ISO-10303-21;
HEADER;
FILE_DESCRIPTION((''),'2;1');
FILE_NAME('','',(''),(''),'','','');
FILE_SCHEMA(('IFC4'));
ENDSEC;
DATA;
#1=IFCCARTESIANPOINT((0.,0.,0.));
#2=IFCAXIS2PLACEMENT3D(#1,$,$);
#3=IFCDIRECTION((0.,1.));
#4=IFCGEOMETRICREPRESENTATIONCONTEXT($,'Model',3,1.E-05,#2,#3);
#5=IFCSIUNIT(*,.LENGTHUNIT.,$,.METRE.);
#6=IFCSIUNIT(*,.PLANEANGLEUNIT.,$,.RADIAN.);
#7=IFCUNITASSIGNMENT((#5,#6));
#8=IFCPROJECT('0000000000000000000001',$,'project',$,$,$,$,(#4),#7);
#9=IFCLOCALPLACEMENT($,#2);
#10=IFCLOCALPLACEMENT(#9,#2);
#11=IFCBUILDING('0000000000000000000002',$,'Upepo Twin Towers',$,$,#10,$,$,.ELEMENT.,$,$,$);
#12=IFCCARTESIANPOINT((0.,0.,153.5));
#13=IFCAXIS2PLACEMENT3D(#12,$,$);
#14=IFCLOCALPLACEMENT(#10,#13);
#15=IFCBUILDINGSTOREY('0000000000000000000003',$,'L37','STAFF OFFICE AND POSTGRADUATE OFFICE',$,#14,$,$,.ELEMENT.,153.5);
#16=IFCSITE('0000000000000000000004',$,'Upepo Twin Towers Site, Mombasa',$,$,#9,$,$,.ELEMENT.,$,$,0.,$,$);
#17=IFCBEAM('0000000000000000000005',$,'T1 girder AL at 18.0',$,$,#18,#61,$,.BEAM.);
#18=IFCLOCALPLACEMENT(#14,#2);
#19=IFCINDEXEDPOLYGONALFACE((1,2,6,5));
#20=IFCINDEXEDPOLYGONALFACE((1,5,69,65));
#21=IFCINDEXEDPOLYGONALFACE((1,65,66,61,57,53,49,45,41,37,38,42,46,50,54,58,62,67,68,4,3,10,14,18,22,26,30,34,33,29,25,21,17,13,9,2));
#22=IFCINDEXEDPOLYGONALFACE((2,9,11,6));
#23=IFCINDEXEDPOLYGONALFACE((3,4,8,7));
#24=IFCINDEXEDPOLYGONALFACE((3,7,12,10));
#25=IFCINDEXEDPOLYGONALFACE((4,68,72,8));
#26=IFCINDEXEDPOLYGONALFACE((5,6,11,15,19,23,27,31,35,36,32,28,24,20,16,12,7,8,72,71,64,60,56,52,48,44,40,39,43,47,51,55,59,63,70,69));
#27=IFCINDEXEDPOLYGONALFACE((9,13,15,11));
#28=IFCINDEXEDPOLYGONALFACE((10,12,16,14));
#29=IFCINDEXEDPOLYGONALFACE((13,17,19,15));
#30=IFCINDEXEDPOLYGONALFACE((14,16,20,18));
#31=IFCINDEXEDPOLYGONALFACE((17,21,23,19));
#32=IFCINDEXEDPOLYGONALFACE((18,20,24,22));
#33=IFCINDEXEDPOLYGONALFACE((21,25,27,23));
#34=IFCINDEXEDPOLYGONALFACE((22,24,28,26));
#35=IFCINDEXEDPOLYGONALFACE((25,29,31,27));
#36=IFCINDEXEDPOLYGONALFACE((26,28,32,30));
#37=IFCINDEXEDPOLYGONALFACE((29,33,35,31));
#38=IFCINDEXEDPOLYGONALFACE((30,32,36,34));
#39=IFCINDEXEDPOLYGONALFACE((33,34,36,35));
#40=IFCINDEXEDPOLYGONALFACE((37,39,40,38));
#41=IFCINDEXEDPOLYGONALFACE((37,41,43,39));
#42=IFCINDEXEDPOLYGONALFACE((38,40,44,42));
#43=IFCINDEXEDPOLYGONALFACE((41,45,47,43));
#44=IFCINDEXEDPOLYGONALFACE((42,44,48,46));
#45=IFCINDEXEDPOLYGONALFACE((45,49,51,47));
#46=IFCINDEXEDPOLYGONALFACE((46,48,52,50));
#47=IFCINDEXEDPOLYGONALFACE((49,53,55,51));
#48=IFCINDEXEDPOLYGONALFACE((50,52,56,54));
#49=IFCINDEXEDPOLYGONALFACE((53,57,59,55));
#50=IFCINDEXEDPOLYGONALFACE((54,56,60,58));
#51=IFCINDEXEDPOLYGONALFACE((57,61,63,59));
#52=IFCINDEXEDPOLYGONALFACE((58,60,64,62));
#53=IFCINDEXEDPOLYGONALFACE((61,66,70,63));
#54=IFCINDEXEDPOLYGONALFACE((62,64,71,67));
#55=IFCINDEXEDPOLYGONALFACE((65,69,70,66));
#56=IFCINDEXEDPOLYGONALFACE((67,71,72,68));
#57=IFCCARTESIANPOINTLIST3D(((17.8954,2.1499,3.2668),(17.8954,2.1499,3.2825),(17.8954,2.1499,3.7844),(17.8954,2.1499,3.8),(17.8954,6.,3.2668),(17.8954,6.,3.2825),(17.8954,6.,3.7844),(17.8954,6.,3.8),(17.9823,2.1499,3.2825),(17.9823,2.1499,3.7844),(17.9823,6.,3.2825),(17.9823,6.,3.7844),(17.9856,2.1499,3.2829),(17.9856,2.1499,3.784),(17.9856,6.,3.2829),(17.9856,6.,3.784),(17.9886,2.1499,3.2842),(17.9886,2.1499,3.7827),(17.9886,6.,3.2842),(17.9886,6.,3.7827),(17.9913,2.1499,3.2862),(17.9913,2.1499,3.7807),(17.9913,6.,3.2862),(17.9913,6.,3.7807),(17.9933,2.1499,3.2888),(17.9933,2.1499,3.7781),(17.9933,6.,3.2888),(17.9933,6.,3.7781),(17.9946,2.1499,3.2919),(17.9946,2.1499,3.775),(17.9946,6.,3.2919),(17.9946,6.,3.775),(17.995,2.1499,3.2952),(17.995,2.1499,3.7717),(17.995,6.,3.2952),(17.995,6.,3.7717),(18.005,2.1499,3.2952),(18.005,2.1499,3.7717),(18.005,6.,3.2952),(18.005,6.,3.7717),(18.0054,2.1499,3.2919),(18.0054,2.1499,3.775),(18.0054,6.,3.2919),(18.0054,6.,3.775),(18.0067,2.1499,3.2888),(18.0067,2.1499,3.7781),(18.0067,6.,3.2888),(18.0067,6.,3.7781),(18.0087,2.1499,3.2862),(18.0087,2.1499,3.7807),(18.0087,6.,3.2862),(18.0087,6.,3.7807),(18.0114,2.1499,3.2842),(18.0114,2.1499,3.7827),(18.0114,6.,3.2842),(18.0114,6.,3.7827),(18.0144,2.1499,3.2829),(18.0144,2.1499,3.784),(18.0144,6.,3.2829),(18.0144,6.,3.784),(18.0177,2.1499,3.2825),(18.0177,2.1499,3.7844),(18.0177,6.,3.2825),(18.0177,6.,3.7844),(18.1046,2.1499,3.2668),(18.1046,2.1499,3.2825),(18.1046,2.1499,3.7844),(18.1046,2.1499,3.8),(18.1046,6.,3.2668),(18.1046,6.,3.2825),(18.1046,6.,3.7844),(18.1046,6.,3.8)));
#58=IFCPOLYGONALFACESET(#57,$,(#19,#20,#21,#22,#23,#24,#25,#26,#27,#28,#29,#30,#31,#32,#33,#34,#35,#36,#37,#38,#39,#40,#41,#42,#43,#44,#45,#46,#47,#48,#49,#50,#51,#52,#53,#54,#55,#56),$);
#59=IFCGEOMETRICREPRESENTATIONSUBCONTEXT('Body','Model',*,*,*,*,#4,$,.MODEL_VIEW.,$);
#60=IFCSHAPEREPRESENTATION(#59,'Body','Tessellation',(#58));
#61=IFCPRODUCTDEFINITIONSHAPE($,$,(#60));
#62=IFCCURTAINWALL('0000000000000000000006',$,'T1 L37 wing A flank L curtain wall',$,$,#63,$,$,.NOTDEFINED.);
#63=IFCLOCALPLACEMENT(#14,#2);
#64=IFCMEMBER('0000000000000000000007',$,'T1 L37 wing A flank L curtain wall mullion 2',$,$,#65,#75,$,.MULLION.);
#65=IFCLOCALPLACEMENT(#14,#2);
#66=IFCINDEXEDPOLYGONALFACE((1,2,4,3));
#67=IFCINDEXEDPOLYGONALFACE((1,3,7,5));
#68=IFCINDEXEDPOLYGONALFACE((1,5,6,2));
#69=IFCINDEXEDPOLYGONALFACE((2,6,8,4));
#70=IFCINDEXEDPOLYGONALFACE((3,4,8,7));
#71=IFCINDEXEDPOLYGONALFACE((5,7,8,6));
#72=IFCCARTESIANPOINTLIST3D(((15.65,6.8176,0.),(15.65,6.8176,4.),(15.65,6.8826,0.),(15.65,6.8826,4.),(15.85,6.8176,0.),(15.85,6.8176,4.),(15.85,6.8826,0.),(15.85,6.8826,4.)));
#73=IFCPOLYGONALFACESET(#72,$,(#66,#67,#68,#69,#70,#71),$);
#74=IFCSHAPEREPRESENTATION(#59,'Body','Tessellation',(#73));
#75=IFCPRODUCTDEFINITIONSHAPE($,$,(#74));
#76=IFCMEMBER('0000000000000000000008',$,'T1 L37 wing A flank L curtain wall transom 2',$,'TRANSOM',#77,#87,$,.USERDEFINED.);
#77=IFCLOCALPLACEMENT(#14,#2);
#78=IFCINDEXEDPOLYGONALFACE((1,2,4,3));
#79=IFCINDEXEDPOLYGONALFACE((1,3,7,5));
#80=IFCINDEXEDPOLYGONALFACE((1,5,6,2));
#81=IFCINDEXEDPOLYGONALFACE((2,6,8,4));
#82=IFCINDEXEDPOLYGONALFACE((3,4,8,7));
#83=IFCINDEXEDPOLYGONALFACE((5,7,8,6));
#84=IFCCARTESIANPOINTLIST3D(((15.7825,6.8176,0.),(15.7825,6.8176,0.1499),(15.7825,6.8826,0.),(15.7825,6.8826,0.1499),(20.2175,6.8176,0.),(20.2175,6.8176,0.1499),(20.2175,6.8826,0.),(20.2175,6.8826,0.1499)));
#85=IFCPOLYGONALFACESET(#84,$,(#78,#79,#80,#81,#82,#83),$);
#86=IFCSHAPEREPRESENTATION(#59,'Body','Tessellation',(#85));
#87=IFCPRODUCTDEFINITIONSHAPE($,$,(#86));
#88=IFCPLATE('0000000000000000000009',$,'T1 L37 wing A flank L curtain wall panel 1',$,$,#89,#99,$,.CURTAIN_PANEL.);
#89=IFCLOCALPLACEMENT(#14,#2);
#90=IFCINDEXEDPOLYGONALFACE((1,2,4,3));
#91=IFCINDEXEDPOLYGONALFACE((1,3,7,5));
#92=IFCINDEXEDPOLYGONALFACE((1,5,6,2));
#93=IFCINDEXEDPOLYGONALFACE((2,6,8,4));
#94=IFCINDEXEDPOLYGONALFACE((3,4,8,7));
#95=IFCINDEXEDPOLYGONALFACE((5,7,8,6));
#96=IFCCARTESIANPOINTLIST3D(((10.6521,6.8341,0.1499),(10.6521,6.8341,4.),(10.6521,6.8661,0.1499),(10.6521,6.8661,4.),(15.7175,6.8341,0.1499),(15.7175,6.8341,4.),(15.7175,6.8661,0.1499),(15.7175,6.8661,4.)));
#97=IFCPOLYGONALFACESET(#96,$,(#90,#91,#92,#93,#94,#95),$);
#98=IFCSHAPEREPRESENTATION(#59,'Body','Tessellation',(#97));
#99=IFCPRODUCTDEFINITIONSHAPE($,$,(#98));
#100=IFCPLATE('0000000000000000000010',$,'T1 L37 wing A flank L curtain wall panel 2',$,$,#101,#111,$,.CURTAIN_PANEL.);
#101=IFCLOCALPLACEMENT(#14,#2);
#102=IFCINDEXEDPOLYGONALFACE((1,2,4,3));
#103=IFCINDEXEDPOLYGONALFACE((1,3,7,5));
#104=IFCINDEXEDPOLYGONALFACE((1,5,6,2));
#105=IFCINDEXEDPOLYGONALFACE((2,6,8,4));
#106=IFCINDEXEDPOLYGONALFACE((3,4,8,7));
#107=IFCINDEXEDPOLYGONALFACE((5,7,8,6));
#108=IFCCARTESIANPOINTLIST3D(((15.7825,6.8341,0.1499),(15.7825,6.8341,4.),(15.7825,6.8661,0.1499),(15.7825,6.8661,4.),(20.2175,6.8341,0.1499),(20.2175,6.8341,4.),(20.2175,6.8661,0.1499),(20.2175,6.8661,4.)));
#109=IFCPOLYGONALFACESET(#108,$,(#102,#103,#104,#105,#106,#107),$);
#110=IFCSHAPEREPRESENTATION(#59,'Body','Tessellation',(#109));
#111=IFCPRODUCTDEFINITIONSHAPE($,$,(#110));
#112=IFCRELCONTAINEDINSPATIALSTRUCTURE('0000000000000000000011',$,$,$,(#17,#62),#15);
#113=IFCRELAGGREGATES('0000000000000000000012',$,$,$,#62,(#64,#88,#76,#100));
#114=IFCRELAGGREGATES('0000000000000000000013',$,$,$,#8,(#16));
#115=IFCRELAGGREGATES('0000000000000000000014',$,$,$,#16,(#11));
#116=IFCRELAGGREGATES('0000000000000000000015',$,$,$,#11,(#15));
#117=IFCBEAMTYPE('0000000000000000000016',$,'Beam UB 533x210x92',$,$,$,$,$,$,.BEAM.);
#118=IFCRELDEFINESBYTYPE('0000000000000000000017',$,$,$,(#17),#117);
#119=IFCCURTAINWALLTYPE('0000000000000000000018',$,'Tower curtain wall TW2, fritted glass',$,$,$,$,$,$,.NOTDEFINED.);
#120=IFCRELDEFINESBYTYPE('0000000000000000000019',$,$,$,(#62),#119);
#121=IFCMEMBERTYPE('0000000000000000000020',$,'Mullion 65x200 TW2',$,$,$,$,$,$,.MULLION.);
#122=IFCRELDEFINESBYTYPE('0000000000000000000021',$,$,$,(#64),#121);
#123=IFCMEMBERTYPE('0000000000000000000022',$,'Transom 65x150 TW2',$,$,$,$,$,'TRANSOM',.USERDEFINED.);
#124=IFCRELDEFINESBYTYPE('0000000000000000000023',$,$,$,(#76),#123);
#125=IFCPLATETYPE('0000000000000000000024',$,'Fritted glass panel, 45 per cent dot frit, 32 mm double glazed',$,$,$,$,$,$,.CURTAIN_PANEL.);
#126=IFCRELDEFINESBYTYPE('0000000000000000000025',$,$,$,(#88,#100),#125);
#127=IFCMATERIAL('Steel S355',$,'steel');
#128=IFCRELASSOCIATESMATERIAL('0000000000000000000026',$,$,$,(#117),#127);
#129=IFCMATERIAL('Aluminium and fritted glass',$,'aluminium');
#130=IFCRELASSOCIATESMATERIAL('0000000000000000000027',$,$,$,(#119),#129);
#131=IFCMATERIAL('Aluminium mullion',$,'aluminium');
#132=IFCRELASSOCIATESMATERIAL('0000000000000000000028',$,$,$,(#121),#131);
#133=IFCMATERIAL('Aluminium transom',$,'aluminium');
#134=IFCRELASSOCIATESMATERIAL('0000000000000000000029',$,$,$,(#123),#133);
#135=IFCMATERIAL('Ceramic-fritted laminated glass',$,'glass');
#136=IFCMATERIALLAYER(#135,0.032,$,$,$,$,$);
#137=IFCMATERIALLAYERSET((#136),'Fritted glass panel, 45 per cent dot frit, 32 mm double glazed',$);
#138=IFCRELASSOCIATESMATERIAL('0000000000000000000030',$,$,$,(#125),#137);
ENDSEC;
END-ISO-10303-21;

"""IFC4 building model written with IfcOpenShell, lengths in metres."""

from ifc_helpers import new_model, si_unit, direction, frame, origin, origin_2d, place, context, subcontext, project, spatial, rectangle, i_section, extrude, material, layer, layer_set, material_profile, profile_set, type_object, element, aggregate, save


model = new_model("IFC4")

# Units and contexts
model_context = context("Model", 3, precision=1e-05, world=origin(), true_north=direction((0.0, 1.0)))
body_context = subcontext(model_context, "Body", "Model", "MODEL_VIEW")
ifc_project = project(units=[si_unit("LENGTHUNIT", "METRE"), si_unit("PLANEANGLEUNIT", "RADIAN")], contexts=[model_context])

# Site, building, storey
site_placement = place(None, origin())
site = spatial("IfcSite", under=ifc_project, at=site_placement, Name="Upepo Twin Towers Site, Mombasa", CompositionType="ELEMENT", RefElevation=0.0)
building_placement = place(site_placement, origin())
building = spatial("IfcBuilding", under=site, at=building_placement, Name="Upepo Twin Towers", CompositionType="ELEMENT")
storey_placement = place(building_placement, frame((0.0, 0.0, 153.5)))
storey = spatial("IfcBuildingStorey", under=building, at=storey_placement, Name="L37", Description="STAFF OFFICE AND POSTGRADUATE OFFICE", CompositionType="ELEMENT", Elevation=153.5)

# Beam
ifc_material_1 = material(Name="Steel S355", Category="steel")
ifc_material_profile_1 = material_profile(ifc_material_1, i_section(OverallWidth=0.2092, OverallDepth=0.5332, WebThickness=0.01, FlangeThickness=0.0156, FilletRadius=0.0127, at=origin_2d()), Name="UB 533x210x92")
ifc_profile_set_1 = profile_set([ifc_material_profile_1], Name="Steel S355")
beam_type_1 = type_object("IfcBeamType", Name="Beam UB 533x210x92", PredefinedType="BEAM", material=ifc_profile_set_1)
for number, where, z_axis, x_axis, name in (
    (1, (18.0, 6.0, 3.5334), (0.0, -1.0, 0.0), (1.0, 0.0, 0.0), "T1 girder AL at 18.0"),
):
    element("IfcBeam", number, at=place(storey_placement, frame(where, z_axis=z_axis, x_axis=x_axis)), inside=storey, type_object=beam_type_1, Name=name, PredefinedType="BEAM", context=body_context, shape_type="SweptSolid", body=[
        extrude(i_section(OverallWidth=0.2092, OverallDepth=0.5332, WebThickness=0.01, FlangeThickness=0.0156, FilletRadius=0.0127, at=origin_2d()), origin(), (0.0, 0.0, 1.0), 3.8501),
    ])

# Curtain wall, members, plates
ifc_material_2 = material(Name="Aluminium and fritted glass", Category="aluminium")
curtain_wall_type = type_object("IfcCurtainWallType", Name="Tower curtain wall TW2, fritted glass", PredefinedType="NOTDEFINED", material=ifc_material_2)
curtain_wall_placement = place(storey_placement, origin())
curtain_wall = element("IfcCurtainWall", 2, at=curtain_wall_placement, inside=storey, type_object=curtain_wall_type, Name="T1 L37 wing A flank L curtain wall", PredefinedType="NOTDEFINED")
ifc_material_3 = material(Name="Aluminium mullion", Category="aluminium")
ifc_material_profile_2 = material_profile(ifc_material_3, rectangle(XDim=0.0649, YDim=0.2, at=origin_2d()), Name="MULLION 65x200")
ifc_profile_set_2 = profile_set([ifc_material_profile_2], Name="Aluminium mullion")
member_type_1 = type_object("IfcMemberType", Name="Mullion 65x200 TW2", PredefinedType="MULLION", material=ifc_profile_set_2)
member_1_placement = place(storey_placement, frame((15.75, 6.8501, 0.0), z_axis=(0.0, 0.0, 1.0), x_axis=(0.0, 1.0, 0.0)))
member_1 = element("IfcMember", 3, at=member_1_placement, type_object=member_type_1, Name="T1 L37 wing A flank L curtain wall mullion 2", PredefinedType="MULLION", context=body_context, shape_type="SweptSolid", body=[
    extrude(rectangle(XDim=0.0649, YDim=0.2, at=origin_2d()), origin(), (0.0, 0.0, 1.0), 4.0),
])
ifc_material_4 = material(Name="Aluminium transom", Category="aluminium")
ifc_material_profile_3 = material_profile(ifc_material_4, rectangle(XDim=0.0649, YDim=0.1499, at=origin_2d()), Name="TRANSOM 65x150")
ifc_profile_set_3 = profile_set([ifc_material_profile_3], Name="Aluminium transom")
member_type_2 = type_object("IfcMemberType", Name="Transom 65x150 TW2", ElementType="TRANSOM", PredefinedType="USERDEFINED", material=ifc_profile_set_3)
member_2_placement = place(storey_placement, frame((15.7825, 6.8501, 0.075), z_axis=(1.0, 0.0, 0.0), x_axis=(0.0, 1.0, 0.0)))
member_2 = element("IfcMember", 4, at=member_2_placement, type_object=member_type_2, Name="T1 L37 wing A flank L curtain wall transom 2", ObjectType="TRANSOM", PredefinedType="USERDEFINED", context=body_context, shape_type="SweptSolid", body=[
    extrude(rectangle(XDim=0.0649, YDim=0.1499, at=origin_2d()), origin(), (0.0, 0.0, 1.0), 4.4351),
])
ifc_material_5 = material(Name="Ceramic-fritted laminated glass", Category="glass")
ifc_layer_1 = layer(ifc_material_5, 0.032)
ifc_layer_set_1 = layer_set([ifc_layer_1], Name="Fritted glass panel, 45 per cent dot frit, 32 mm double glazed")
plate_type = type_object("IfcPlateType", Name="Fritted glass panel, 45 per cent dot frit, 32 mm double glazed", PredefinedType="CURTAIN_PANEL", material=ifc_layer_set_1)
plate_1_placement = place(storey_placement, frame((13.1848, 6.8501, 0.1499), z_axis=(0.0, 0.0, 1.0), x_axis=(1.0, 0.0, 0.0)))
plate_1 = element("IfcPlate", 5, at=plate_1_placement, type_object=plate_type, Name="T1 L37 wing A flank L curtain wall panel 1", PredefinedType="CURTAIN_PANEL", context=body_context, shape_type="SweptSolid", body=[
    extrude(rectangle(XDim=5.0654, YDim=0.032, at=origin_2d()), origin(), (0.0, 0.0, 1.0), 3.8501),
])
plate_2_placement = place(storey_placement, frame((18.0, 6.8501, 0.1499), z_axis=(0.0, 0.0, 1.0), x_axis=(1.0, 0.0, 0.0)))
plate_2 = element("IfcPlate", 6, at=plate_2_placement, type_object=plate_type, Name="T1 L37 wing A flank L curtain wall panel 2", PredefinedType="CURTAIN_PANEL", context=body_context, shape_type="SweptSolid", body=[
    extrude(rectangle(XDim=4.4351, YDim=0.032, at=origin_2d()), origin(), (0.0, 0.0, 1.0), 3.8501),
])
aggregate(curtain_wall, [member_1, plate_1, member_2, plate_2])

save(model, "model.ifc")
